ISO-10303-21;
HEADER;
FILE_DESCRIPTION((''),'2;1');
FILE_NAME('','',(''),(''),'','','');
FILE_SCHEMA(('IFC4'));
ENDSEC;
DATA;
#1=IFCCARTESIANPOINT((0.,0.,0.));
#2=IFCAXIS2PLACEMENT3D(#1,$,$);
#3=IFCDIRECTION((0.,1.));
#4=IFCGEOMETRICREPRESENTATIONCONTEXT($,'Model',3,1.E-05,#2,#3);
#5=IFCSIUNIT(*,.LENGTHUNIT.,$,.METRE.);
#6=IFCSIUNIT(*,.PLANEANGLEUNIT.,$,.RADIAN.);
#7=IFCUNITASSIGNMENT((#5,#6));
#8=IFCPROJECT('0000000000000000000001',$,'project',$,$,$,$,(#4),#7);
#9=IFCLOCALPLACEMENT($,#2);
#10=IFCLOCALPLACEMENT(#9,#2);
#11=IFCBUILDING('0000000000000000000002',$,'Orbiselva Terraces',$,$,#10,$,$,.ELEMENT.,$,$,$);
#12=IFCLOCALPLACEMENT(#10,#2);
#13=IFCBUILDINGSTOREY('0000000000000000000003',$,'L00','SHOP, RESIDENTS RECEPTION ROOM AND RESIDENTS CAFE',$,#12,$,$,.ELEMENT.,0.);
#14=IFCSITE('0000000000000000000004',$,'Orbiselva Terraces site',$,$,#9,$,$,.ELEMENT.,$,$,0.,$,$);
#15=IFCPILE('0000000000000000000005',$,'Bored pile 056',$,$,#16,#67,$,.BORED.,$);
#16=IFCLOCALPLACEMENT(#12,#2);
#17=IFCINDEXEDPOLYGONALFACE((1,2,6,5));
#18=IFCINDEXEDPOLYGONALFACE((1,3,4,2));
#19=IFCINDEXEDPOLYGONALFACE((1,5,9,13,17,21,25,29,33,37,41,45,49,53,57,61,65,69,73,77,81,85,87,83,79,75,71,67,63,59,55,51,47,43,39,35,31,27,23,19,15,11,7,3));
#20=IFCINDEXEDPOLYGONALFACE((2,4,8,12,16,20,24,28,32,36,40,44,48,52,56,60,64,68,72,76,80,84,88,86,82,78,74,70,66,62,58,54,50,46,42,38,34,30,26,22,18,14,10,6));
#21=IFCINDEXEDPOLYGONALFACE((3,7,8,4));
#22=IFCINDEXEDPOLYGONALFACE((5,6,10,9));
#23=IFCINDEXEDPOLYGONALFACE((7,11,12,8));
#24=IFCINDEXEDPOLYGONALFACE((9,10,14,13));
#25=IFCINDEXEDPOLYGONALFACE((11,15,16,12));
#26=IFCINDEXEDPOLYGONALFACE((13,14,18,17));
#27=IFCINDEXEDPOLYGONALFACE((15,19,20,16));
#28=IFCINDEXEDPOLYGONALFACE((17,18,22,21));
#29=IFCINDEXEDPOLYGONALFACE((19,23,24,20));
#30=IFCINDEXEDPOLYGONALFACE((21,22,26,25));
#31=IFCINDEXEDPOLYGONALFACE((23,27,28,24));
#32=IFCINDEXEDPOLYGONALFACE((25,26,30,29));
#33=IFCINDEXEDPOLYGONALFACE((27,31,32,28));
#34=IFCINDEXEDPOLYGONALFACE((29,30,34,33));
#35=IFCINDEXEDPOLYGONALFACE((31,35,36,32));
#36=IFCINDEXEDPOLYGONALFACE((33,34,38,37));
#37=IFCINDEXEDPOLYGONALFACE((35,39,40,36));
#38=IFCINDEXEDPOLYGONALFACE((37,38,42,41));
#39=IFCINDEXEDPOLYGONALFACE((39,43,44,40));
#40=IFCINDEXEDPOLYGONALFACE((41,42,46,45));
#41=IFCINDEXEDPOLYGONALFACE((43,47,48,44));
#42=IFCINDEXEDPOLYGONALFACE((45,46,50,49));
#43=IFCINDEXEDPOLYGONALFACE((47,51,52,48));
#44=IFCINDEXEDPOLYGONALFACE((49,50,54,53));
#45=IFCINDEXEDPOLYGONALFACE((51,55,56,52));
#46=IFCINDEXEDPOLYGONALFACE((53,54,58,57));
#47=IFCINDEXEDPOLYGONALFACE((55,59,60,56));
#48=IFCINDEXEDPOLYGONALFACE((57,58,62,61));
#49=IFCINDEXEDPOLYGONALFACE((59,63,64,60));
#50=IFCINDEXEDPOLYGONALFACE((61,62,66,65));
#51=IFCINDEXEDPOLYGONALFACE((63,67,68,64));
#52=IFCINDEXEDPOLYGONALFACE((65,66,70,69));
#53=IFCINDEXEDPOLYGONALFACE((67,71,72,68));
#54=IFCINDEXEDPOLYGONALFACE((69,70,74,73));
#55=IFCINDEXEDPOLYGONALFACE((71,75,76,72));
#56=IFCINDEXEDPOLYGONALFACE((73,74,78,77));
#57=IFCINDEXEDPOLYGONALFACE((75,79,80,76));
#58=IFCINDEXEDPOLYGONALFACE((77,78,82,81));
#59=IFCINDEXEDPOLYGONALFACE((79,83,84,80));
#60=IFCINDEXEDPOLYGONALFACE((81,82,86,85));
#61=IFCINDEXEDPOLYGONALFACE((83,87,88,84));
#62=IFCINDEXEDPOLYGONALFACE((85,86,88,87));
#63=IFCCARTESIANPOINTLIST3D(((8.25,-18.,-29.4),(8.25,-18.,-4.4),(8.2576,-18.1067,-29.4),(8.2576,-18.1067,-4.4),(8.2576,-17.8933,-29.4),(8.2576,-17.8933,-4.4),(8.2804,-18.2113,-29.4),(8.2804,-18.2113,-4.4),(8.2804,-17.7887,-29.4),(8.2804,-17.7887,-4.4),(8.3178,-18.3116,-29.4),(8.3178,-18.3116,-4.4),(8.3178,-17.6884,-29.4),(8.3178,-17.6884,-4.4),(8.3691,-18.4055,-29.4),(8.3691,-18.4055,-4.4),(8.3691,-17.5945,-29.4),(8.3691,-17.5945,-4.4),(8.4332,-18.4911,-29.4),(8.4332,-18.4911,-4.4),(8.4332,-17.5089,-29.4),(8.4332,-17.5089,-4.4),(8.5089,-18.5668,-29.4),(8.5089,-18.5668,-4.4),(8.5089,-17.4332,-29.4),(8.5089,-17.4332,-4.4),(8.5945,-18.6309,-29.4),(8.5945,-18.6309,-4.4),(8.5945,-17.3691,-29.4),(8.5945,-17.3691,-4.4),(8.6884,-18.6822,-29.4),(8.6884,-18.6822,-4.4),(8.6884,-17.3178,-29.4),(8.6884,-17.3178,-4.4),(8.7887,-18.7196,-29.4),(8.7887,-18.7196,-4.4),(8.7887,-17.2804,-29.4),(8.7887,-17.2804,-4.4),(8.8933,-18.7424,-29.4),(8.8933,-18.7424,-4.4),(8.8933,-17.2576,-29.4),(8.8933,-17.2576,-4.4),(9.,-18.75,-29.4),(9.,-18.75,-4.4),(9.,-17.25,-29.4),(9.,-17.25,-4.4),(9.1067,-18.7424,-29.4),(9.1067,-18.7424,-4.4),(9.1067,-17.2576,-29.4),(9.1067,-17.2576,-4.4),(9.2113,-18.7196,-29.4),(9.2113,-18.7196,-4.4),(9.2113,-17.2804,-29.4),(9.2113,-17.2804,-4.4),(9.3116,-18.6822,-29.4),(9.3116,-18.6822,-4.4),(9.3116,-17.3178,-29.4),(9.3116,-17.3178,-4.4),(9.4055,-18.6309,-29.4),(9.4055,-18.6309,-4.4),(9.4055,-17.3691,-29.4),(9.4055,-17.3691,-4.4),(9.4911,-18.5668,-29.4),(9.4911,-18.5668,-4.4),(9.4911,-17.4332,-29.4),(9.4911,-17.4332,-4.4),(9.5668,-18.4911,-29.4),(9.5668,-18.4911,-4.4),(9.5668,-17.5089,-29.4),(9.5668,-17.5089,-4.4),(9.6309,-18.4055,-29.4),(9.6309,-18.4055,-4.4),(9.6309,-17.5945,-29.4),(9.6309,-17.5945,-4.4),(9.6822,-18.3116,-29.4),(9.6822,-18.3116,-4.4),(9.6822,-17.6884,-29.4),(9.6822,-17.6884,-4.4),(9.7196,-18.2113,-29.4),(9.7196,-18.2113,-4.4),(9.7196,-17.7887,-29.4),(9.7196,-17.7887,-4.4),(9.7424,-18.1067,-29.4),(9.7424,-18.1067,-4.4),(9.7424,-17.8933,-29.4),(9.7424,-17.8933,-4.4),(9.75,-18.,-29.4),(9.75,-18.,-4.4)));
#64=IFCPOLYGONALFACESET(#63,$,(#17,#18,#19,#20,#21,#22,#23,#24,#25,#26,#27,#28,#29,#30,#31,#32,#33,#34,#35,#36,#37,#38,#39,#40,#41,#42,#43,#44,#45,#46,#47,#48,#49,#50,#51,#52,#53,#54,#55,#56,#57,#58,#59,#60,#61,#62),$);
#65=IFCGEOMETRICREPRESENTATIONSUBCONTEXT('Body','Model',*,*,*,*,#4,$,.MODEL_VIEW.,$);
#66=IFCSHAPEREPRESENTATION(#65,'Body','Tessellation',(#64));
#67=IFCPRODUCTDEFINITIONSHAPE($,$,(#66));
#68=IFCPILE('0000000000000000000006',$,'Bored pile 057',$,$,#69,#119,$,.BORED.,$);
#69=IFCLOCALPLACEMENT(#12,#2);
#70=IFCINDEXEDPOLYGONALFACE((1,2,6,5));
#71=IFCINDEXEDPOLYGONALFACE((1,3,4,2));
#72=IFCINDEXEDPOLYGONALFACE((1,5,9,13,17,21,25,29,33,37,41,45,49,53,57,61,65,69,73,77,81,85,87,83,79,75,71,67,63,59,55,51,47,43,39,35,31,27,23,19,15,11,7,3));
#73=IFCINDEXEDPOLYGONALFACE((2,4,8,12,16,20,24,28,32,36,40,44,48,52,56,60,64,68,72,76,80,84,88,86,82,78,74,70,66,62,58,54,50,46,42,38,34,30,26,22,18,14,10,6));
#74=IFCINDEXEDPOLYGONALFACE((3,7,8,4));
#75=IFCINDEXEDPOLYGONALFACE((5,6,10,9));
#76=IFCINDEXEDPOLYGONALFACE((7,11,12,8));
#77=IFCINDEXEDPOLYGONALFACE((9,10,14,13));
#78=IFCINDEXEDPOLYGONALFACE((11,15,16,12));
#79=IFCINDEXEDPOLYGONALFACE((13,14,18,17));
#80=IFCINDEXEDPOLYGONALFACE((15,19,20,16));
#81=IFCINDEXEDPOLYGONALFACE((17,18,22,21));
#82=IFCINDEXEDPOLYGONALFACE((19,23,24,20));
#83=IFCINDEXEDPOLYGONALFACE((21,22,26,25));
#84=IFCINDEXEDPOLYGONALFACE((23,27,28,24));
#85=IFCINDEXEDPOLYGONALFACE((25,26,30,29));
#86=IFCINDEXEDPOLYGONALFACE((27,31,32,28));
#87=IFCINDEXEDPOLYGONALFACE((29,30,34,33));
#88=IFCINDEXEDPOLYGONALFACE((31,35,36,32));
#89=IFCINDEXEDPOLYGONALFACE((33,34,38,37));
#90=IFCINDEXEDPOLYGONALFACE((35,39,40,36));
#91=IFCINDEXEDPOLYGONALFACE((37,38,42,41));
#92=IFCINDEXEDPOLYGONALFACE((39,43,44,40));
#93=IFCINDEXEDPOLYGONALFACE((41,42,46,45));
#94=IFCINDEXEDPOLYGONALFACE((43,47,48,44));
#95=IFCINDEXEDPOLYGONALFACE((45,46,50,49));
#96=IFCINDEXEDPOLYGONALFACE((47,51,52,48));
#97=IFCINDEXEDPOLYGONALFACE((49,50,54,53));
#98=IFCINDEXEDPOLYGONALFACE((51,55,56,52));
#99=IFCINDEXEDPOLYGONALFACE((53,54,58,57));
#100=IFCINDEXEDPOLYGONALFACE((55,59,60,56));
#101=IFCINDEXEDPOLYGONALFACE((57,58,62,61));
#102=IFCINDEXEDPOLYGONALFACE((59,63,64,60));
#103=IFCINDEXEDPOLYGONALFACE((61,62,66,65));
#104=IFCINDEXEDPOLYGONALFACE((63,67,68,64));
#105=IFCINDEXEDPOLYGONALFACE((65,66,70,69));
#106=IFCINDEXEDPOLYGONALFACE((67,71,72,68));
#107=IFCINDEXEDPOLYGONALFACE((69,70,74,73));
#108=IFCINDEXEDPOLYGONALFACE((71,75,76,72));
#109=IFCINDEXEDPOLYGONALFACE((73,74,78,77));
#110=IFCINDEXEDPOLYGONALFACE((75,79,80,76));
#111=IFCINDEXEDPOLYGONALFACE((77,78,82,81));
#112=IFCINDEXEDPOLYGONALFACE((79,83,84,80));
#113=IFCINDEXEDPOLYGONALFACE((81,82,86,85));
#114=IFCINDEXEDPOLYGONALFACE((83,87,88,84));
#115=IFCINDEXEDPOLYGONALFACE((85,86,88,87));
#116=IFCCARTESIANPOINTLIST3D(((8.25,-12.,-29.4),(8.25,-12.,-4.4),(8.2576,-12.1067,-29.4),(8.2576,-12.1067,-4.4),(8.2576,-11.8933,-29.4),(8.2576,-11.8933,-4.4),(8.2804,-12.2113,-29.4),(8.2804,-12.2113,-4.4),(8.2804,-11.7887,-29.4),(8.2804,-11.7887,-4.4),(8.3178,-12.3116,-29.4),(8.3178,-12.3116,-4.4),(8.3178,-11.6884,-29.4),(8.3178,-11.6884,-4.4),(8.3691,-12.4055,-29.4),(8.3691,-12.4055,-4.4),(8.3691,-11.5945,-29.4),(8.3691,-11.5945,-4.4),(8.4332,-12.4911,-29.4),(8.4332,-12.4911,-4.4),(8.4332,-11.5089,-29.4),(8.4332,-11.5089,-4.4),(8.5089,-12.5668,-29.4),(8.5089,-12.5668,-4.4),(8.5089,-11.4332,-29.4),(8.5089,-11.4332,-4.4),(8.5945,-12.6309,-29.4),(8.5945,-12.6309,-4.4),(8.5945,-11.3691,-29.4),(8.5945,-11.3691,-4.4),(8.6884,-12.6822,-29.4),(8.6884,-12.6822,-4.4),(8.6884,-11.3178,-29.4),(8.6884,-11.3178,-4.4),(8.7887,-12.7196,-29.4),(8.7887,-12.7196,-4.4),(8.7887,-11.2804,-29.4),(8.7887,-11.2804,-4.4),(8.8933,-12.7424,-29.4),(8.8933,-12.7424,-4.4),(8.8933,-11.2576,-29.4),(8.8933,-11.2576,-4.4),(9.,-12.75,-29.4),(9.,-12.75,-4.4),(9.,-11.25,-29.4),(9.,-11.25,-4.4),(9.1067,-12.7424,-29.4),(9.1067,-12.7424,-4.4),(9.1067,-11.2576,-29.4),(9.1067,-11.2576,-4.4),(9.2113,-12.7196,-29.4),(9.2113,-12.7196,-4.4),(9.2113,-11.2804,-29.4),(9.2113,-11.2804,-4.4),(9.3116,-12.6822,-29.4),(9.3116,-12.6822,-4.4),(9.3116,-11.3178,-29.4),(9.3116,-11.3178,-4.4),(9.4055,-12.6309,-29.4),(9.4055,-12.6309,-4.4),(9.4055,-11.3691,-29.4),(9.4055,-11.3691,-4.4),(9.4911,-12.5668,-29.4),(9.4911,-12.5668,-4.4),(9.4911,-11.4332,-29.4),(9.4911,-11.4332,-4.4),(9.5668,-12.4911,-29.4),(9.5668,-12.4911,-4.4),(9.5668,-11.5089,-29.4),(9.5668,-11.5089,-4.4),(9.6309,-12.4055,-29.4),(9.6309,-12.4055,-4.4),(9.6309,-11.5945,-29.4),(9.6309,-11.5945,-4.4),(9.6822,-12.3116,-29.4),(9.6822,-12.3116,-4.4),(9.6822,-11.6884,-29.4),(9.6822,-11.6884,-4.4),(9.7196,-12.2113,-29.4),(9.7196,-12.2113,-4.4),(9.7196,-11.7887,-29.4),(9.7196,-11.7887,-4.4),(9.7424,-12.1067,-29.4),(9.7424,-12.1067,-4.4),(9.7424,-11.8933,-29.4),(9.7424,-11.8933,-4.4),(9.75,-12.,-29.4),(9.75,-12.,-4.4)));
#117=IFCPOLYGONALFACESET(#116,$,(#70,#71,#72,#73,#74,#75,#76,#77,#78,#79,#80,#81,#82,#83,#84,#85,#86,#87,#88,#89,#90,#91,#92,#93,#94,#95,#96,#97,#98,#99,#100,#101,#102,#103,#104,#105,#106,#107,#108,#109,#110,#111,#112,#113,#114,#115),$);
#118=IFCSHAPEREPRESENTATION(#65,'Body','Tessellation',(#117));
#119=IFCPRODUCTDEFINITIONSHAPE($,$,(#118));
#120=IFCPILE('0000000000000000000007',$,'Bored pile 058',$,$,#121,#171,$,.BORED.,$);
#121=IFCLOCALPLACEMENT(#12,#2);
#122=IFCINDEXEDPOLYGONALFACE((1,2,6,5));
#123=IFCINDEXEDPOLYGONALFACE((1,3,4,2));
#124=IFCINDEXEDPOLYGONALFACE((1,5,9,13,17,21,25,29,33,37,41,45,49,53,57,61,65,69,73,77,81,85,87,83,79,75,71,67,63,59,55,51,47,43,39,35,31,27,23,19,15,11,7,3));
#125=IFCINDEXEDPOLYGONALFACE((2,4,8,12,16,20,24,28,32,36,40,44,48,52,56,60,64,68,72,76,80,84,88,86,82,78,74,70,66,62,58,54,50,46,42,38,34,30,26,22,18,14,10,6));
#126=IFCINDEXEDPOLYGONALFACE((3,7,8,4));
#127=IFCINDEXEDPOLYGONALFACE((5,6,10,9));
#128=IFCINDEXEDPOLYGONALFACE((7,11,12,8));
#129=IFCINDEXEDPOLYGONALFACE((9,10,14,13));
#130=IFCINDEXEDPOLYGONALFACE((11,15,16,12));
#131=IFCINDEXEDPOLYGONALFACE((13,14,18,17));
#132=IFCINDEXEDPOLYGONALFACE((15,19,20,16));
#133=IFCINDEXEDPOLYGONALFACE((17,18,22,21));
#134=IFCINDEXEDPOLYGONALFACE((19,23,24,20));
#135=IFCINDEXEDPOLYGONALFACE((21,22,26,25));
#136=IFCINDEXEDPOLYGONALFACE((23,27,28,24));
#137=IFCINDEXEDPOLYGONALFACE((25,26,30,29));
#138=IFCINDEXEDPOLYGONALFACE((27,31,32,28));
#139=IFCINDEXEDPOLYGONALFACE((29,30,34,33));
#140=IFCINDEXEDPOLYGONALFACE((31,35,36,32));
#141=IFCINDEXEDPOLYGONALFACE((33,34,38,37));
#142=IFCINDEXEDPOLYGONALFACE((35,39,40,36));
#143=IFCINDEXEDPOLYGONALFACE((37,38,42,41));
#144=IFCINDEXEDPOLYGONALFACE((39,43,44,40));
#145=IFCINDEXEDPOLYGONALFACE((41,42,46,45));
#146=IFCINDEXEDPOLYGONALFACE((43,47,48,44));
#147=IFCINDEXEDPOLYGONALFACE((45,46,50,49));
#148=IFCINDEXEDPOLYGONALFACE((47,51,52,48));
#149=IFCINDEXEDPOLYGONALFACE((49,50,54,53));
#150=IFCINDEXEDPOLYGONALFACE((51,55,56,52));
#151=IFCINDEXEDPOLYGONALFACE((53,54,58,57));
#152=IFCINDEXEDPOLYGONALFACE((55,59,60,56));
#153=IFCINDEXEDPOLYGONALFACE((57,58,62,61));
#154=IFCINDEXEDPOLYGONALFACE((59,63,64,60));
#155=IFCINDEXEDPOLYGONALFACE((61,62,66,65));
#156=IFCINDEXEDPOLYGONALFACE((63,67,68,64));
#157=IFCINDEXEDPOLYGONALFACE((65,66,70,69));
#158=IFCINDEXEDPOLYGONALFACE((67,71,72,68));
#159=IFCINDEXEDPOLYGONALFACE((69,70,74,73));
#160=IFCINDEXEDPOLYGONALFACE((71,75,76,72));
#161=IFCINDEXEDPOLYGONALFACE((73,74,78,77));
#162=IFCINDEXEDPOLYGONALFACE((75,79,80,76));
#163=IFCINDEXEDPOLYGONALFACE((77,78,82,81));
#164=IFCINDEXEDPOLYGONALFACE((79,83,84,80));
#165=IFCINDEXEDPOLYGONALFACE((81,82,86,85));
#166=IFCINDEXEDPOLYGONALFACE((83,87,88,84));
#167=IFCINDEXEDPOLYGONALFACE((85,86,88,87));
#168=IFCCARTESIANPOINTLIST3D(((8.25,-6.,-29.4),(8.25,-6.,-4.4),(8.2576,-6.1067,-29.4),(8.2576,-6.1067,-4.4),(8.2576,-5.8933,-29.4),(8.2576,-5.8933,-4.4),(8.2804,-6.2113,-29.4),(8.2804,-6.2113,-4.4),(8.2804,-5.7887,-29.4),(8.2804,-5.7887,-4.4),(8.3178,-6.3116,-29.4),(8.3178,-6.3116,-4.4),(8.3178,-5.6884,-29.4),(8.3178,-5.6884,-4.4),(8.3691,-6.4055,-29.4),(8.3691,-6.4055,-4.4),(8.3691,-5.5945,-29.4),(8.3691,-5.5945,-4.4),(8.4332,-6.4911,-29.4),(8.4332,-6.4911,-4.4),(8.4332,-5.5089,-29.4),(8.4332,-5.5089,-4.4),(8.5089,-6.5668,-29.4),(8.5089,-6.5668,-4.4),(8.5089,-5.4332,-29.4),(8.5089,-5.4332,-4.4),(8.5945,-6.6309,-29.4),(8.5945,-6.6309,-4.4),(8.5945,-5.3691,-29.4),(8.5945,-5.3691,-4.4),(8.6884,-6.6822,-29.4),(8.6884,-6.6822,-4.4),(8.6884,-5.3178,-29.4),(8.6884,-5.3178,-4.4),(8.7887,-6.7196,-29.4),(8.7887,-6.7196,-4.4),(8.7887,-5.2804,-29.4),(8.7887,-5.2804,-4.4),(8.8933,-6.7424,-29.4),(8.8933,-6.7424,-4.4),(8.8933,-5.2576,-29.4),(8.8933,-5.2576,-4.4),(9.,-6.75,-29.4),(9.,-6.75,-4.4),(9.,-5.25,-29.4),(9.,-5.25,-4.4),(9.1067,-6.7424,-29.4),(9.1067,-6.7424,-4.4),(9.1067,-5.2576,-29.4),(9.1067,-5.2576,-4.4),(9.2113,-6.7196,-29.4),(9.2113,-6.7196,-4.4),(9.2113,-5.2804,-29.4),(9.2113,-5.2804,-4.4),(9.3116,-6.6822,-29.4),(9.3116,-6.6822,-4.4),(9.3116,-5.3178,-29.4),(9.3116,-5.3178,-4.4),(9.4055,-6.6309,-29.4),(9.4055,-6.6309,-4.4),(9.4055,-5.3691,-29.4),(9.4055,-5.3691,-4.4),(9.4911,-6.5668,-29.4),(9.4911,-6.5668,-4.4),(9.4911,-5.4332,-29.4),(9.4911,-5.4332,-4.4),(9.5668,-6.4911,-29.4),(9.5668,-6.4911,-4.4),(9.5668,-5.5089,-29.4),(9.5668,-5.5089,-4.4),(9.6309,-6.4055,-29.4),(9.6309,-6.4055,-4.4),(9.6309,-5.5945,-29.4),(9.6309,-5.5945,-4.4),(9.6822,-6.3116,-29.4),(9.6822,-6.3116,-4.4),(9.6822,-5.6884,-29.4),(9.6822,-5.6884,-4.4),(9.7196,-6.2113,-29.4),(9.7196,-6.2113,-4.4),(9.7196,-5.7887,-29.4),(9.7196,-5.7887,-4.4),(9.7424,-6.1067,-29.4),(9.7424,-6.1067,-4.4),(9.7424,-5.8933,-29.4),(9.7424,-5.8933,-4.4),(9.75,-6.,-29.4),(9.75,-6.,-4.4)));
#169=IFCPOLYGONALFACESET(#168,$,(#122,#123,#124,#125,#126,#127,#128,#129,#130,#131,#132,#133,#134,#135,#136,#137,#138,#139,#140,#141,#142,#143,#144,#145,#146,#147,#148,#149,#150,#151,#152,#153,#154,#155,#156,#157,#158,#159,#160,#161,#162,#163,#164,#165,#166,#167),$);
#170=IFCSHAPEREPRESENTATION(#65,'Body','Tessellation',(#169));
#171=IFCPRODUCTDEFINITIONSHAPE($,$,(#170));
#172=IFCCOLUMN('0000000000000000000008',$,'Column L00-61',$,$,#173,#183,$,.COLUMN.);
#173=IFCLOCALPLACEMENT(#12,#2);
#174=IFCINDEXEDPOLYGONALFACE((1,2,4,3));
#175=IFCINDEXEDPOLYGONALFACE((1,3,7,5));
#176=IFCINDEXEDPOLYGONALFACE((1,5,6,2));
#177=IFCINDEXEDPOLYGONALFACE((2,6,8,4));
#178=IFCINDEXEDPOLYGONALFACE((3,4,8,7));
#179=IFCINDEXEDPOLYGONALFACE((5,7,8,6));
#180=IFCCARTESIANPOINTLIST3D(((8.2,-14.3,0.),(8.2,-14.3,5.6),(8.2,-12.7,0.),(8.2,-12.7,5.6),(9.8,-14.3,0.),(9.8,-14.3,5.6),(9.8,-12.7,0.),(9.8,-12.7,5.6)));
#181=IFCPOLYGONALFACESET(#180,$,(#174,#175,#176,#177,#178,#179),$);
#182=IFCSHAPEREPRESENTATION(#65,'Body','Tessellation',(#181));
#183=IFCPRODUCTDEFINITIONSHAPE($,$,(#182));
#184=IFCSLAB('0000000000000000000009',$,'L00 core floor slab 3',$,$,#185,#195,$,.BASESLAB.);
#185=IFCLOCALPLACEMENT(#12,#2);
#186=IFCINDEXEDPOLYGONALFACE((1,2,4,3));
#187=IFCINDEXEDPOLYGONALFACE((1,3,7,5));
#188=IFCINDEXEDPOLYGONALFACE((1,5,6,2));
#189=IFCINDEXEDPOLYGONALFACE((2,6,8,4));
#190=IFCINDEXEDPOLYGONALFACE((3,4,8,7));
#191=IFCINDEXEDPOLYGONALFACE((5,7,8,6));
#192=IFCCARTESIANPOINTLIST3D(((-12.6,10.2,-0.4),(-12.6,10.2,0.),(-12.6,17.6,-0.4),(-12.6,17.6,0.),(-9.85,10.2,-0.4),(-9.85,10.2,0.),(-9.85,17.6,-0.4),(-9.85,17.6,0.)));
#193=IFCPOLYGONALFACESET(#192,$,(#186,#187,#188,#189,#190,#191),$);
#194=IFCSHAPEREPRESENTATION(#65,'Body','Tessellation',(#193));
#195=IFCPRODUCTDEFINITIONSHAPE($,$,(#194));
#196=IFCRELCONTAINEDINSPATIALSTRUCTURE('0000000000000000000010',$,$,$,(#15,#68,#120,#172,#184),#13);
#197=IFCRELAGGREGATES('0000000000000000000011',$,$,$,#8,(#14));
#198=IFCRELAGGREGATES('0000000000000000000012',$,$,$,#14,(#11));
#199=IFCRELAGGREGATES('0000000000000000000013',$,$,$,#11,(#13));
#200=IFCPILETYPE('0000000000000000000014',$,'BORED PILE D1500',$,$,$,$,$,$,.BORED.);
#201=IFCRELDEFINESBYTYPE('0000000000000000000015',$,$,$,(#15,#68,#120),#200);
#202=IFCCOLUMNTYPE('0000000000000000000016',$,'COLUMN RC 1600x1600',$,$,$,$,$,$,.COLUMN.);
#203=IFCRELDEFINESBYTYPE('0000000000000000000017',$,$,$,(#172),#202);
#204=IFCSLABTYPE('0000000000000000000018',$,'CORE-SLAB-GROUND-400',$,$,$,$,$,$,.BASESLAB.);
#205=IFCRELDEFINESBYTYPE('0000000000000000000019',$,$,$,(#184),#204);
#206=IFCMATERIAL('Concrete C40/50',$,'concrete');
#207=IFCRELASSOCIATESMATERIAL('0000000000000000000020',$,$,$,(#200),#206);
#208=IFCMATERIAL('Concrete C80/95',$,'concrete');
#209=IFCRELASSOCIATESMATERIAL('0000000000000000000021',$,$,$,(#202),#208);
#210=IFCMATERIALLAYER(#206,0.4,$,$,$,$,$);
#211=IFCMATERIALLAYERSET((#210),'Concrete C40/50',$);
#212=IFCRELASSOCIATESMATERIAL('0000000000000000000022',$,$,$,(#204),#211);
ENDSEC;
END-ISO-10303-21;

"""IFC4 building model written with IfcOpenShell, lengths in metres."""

from ifc_helpers import new_model, si_unit, direction, frame, origin, origin_2d, place, context, subcontext, project, spatial, polyline, rectangle, circle, outline, extrude, material, layer, layer_set, material_profile, profile_set, type_object, element, save


model = new_model("IFC4")

# Units and contexts
model_context = context("Model", 3, precision=1e-05, world=origin(), true_north=direction((0.0, 1.0)))
body_context = subcontext(model_context, "Body", "Model", "MODEL_VIEW")
ifc_project = project(units=[si_unit("LENGTHUNIT", "METRE"), si_unit("PLANEANGLEUNIT", "RADIAN")], contexts=[model_context])

# Site, building, storey
site_placement = place(None, origin())
site = spatial("IfcSite", under=ifc_project, at=site_placement, Name="Orbiselva Terraces site", CompositionType="ELEMENT", RefElevation=0.0)
building_placement = place(site_placement, origin())
building = spatial("IfcBuilding", under=site, at=building_placement, Name="Orbiselva Terraces", CompositionType="ELEMENT")
storey_placement = place(building_placement, origin())
storey = spatial("IfcBuildingStorey", under=building, at=storey_placement, Name="L00", Description="SHOP, RESIDENTS RECEPTION ROOM AND RESIDENTS CAFE", CompositionType="ELEMENT", Elevation=0.0)

# Piles
ifc_material_1 = material(Name="Concrete C40/50", Category="concrete")
ifc_material_profile_1 = material_profile(ifc_material_1, circle(Radius=0.75, at=origin_2d()), Name="D1500")
ifc_profile_set_1 = profile_set([ifc_material_profile_1], Name="Concrete C40/50")
pile_type = type_object("IfcPileType", Name="BORED PILE D1500", PredefinedType="BORED", material=ifc_profile_set_1)
for number, where, z_axis, x_axis, name in (
    (1, (9.0, -18.0, -4.4), (0.0, 0.0, -1.0), (1.0, 0.0, 0.0), "Bored pile 056"),
    (2, (9.0, -12.0, -4.4), (0.0, 0.0, -1.0), (1.0, 0.0, 0.0), "Bored pile 057"),
    (3, (9.0, -6.0, -4.4), (0.0, 0.0, -1.0), (1.0, 0.0, 0.0), "Bored pile 058"),
):
    element("IfcPile", number, at=place(storey_placement, frame(where, z_axis=z_axis, x_axis=x_axis)), inside=storey, type_object=pile_type, Name=name, PredefinedType="BORED", context=body_context, shape_type="SweptSolid", body=[
        extrude(circle(Radius=0.75, at=origin_2d()), origin(), (0.0, 0.0, 1.0), 25.0),
    ])

# Column
ifc_material_2 = material(Name="Concrete C80/95", Category="concrete")
ifc_material_profile_2 = material_profile(ifc_material_2, rectangle(XDim=1.6, YDim=1.6, at=origin_2d()), Name="RC 1600x1600")
ifc_profile_set_2 = profile_set([ifc_material_profile_2], Name="Concrete C80/95")
column_type = type_object("IfcColumnType", Name="COLUMN RC 1600x1600", PredefinedType="COLUMN", material=ifc_profile_set_2)
column_placement = place(storey_placement, frame((9.0, -13.5, 0.0), z_axis=(0.0, 0.0, 1.0), x_axis=(1.0, 0.0, 0.0)))
element("IfcColumn", 4, at=column_placement, inside=storey, type_object=column_type, Name="Column L00-61", PredefinedType="COLUMN", context=body_context, shape_type="SweptSolid", body=[
    extrude(rectangle(XDim=1.6, YDim=1.6, at=origin_2d()), origin(), (0.0, 0.0, 1.0), 5.6),
])

# Slab
ifc_layer_1 = layer(ifc_material_1, 0.4)
ifc_layer_set_1 = layer_set([ifc_layer_1], Name="Concrete C40/50")
slab_type_1 = type_object("IfcSlabType", Name="CORE-SLAB-GROUND-400", PredefinedType="BASESLAB", material=ifc_layer_set_1)
slab_1_placement = place(storey_placement, frame((0.0, 0.0, -0.4)))
element("IfcSlab", 5, at=slab_1_placement, inside=storey, type_object=slab_type_1, Name="L00 core floor slab 3", PredefinedType="BASESLAB", context=body_context, shape_type="SweptSolid", body=[
    extrude(outline(polyline([(-12.6, 17.6), (-9.85, 17.6), (-9.85, 10.2), (-12.6, 10.2), (-12.6, 17.6)])), origin(), (0.0, 0.0, 1.0), 0.4),
])

save(model, "model.ifc")
